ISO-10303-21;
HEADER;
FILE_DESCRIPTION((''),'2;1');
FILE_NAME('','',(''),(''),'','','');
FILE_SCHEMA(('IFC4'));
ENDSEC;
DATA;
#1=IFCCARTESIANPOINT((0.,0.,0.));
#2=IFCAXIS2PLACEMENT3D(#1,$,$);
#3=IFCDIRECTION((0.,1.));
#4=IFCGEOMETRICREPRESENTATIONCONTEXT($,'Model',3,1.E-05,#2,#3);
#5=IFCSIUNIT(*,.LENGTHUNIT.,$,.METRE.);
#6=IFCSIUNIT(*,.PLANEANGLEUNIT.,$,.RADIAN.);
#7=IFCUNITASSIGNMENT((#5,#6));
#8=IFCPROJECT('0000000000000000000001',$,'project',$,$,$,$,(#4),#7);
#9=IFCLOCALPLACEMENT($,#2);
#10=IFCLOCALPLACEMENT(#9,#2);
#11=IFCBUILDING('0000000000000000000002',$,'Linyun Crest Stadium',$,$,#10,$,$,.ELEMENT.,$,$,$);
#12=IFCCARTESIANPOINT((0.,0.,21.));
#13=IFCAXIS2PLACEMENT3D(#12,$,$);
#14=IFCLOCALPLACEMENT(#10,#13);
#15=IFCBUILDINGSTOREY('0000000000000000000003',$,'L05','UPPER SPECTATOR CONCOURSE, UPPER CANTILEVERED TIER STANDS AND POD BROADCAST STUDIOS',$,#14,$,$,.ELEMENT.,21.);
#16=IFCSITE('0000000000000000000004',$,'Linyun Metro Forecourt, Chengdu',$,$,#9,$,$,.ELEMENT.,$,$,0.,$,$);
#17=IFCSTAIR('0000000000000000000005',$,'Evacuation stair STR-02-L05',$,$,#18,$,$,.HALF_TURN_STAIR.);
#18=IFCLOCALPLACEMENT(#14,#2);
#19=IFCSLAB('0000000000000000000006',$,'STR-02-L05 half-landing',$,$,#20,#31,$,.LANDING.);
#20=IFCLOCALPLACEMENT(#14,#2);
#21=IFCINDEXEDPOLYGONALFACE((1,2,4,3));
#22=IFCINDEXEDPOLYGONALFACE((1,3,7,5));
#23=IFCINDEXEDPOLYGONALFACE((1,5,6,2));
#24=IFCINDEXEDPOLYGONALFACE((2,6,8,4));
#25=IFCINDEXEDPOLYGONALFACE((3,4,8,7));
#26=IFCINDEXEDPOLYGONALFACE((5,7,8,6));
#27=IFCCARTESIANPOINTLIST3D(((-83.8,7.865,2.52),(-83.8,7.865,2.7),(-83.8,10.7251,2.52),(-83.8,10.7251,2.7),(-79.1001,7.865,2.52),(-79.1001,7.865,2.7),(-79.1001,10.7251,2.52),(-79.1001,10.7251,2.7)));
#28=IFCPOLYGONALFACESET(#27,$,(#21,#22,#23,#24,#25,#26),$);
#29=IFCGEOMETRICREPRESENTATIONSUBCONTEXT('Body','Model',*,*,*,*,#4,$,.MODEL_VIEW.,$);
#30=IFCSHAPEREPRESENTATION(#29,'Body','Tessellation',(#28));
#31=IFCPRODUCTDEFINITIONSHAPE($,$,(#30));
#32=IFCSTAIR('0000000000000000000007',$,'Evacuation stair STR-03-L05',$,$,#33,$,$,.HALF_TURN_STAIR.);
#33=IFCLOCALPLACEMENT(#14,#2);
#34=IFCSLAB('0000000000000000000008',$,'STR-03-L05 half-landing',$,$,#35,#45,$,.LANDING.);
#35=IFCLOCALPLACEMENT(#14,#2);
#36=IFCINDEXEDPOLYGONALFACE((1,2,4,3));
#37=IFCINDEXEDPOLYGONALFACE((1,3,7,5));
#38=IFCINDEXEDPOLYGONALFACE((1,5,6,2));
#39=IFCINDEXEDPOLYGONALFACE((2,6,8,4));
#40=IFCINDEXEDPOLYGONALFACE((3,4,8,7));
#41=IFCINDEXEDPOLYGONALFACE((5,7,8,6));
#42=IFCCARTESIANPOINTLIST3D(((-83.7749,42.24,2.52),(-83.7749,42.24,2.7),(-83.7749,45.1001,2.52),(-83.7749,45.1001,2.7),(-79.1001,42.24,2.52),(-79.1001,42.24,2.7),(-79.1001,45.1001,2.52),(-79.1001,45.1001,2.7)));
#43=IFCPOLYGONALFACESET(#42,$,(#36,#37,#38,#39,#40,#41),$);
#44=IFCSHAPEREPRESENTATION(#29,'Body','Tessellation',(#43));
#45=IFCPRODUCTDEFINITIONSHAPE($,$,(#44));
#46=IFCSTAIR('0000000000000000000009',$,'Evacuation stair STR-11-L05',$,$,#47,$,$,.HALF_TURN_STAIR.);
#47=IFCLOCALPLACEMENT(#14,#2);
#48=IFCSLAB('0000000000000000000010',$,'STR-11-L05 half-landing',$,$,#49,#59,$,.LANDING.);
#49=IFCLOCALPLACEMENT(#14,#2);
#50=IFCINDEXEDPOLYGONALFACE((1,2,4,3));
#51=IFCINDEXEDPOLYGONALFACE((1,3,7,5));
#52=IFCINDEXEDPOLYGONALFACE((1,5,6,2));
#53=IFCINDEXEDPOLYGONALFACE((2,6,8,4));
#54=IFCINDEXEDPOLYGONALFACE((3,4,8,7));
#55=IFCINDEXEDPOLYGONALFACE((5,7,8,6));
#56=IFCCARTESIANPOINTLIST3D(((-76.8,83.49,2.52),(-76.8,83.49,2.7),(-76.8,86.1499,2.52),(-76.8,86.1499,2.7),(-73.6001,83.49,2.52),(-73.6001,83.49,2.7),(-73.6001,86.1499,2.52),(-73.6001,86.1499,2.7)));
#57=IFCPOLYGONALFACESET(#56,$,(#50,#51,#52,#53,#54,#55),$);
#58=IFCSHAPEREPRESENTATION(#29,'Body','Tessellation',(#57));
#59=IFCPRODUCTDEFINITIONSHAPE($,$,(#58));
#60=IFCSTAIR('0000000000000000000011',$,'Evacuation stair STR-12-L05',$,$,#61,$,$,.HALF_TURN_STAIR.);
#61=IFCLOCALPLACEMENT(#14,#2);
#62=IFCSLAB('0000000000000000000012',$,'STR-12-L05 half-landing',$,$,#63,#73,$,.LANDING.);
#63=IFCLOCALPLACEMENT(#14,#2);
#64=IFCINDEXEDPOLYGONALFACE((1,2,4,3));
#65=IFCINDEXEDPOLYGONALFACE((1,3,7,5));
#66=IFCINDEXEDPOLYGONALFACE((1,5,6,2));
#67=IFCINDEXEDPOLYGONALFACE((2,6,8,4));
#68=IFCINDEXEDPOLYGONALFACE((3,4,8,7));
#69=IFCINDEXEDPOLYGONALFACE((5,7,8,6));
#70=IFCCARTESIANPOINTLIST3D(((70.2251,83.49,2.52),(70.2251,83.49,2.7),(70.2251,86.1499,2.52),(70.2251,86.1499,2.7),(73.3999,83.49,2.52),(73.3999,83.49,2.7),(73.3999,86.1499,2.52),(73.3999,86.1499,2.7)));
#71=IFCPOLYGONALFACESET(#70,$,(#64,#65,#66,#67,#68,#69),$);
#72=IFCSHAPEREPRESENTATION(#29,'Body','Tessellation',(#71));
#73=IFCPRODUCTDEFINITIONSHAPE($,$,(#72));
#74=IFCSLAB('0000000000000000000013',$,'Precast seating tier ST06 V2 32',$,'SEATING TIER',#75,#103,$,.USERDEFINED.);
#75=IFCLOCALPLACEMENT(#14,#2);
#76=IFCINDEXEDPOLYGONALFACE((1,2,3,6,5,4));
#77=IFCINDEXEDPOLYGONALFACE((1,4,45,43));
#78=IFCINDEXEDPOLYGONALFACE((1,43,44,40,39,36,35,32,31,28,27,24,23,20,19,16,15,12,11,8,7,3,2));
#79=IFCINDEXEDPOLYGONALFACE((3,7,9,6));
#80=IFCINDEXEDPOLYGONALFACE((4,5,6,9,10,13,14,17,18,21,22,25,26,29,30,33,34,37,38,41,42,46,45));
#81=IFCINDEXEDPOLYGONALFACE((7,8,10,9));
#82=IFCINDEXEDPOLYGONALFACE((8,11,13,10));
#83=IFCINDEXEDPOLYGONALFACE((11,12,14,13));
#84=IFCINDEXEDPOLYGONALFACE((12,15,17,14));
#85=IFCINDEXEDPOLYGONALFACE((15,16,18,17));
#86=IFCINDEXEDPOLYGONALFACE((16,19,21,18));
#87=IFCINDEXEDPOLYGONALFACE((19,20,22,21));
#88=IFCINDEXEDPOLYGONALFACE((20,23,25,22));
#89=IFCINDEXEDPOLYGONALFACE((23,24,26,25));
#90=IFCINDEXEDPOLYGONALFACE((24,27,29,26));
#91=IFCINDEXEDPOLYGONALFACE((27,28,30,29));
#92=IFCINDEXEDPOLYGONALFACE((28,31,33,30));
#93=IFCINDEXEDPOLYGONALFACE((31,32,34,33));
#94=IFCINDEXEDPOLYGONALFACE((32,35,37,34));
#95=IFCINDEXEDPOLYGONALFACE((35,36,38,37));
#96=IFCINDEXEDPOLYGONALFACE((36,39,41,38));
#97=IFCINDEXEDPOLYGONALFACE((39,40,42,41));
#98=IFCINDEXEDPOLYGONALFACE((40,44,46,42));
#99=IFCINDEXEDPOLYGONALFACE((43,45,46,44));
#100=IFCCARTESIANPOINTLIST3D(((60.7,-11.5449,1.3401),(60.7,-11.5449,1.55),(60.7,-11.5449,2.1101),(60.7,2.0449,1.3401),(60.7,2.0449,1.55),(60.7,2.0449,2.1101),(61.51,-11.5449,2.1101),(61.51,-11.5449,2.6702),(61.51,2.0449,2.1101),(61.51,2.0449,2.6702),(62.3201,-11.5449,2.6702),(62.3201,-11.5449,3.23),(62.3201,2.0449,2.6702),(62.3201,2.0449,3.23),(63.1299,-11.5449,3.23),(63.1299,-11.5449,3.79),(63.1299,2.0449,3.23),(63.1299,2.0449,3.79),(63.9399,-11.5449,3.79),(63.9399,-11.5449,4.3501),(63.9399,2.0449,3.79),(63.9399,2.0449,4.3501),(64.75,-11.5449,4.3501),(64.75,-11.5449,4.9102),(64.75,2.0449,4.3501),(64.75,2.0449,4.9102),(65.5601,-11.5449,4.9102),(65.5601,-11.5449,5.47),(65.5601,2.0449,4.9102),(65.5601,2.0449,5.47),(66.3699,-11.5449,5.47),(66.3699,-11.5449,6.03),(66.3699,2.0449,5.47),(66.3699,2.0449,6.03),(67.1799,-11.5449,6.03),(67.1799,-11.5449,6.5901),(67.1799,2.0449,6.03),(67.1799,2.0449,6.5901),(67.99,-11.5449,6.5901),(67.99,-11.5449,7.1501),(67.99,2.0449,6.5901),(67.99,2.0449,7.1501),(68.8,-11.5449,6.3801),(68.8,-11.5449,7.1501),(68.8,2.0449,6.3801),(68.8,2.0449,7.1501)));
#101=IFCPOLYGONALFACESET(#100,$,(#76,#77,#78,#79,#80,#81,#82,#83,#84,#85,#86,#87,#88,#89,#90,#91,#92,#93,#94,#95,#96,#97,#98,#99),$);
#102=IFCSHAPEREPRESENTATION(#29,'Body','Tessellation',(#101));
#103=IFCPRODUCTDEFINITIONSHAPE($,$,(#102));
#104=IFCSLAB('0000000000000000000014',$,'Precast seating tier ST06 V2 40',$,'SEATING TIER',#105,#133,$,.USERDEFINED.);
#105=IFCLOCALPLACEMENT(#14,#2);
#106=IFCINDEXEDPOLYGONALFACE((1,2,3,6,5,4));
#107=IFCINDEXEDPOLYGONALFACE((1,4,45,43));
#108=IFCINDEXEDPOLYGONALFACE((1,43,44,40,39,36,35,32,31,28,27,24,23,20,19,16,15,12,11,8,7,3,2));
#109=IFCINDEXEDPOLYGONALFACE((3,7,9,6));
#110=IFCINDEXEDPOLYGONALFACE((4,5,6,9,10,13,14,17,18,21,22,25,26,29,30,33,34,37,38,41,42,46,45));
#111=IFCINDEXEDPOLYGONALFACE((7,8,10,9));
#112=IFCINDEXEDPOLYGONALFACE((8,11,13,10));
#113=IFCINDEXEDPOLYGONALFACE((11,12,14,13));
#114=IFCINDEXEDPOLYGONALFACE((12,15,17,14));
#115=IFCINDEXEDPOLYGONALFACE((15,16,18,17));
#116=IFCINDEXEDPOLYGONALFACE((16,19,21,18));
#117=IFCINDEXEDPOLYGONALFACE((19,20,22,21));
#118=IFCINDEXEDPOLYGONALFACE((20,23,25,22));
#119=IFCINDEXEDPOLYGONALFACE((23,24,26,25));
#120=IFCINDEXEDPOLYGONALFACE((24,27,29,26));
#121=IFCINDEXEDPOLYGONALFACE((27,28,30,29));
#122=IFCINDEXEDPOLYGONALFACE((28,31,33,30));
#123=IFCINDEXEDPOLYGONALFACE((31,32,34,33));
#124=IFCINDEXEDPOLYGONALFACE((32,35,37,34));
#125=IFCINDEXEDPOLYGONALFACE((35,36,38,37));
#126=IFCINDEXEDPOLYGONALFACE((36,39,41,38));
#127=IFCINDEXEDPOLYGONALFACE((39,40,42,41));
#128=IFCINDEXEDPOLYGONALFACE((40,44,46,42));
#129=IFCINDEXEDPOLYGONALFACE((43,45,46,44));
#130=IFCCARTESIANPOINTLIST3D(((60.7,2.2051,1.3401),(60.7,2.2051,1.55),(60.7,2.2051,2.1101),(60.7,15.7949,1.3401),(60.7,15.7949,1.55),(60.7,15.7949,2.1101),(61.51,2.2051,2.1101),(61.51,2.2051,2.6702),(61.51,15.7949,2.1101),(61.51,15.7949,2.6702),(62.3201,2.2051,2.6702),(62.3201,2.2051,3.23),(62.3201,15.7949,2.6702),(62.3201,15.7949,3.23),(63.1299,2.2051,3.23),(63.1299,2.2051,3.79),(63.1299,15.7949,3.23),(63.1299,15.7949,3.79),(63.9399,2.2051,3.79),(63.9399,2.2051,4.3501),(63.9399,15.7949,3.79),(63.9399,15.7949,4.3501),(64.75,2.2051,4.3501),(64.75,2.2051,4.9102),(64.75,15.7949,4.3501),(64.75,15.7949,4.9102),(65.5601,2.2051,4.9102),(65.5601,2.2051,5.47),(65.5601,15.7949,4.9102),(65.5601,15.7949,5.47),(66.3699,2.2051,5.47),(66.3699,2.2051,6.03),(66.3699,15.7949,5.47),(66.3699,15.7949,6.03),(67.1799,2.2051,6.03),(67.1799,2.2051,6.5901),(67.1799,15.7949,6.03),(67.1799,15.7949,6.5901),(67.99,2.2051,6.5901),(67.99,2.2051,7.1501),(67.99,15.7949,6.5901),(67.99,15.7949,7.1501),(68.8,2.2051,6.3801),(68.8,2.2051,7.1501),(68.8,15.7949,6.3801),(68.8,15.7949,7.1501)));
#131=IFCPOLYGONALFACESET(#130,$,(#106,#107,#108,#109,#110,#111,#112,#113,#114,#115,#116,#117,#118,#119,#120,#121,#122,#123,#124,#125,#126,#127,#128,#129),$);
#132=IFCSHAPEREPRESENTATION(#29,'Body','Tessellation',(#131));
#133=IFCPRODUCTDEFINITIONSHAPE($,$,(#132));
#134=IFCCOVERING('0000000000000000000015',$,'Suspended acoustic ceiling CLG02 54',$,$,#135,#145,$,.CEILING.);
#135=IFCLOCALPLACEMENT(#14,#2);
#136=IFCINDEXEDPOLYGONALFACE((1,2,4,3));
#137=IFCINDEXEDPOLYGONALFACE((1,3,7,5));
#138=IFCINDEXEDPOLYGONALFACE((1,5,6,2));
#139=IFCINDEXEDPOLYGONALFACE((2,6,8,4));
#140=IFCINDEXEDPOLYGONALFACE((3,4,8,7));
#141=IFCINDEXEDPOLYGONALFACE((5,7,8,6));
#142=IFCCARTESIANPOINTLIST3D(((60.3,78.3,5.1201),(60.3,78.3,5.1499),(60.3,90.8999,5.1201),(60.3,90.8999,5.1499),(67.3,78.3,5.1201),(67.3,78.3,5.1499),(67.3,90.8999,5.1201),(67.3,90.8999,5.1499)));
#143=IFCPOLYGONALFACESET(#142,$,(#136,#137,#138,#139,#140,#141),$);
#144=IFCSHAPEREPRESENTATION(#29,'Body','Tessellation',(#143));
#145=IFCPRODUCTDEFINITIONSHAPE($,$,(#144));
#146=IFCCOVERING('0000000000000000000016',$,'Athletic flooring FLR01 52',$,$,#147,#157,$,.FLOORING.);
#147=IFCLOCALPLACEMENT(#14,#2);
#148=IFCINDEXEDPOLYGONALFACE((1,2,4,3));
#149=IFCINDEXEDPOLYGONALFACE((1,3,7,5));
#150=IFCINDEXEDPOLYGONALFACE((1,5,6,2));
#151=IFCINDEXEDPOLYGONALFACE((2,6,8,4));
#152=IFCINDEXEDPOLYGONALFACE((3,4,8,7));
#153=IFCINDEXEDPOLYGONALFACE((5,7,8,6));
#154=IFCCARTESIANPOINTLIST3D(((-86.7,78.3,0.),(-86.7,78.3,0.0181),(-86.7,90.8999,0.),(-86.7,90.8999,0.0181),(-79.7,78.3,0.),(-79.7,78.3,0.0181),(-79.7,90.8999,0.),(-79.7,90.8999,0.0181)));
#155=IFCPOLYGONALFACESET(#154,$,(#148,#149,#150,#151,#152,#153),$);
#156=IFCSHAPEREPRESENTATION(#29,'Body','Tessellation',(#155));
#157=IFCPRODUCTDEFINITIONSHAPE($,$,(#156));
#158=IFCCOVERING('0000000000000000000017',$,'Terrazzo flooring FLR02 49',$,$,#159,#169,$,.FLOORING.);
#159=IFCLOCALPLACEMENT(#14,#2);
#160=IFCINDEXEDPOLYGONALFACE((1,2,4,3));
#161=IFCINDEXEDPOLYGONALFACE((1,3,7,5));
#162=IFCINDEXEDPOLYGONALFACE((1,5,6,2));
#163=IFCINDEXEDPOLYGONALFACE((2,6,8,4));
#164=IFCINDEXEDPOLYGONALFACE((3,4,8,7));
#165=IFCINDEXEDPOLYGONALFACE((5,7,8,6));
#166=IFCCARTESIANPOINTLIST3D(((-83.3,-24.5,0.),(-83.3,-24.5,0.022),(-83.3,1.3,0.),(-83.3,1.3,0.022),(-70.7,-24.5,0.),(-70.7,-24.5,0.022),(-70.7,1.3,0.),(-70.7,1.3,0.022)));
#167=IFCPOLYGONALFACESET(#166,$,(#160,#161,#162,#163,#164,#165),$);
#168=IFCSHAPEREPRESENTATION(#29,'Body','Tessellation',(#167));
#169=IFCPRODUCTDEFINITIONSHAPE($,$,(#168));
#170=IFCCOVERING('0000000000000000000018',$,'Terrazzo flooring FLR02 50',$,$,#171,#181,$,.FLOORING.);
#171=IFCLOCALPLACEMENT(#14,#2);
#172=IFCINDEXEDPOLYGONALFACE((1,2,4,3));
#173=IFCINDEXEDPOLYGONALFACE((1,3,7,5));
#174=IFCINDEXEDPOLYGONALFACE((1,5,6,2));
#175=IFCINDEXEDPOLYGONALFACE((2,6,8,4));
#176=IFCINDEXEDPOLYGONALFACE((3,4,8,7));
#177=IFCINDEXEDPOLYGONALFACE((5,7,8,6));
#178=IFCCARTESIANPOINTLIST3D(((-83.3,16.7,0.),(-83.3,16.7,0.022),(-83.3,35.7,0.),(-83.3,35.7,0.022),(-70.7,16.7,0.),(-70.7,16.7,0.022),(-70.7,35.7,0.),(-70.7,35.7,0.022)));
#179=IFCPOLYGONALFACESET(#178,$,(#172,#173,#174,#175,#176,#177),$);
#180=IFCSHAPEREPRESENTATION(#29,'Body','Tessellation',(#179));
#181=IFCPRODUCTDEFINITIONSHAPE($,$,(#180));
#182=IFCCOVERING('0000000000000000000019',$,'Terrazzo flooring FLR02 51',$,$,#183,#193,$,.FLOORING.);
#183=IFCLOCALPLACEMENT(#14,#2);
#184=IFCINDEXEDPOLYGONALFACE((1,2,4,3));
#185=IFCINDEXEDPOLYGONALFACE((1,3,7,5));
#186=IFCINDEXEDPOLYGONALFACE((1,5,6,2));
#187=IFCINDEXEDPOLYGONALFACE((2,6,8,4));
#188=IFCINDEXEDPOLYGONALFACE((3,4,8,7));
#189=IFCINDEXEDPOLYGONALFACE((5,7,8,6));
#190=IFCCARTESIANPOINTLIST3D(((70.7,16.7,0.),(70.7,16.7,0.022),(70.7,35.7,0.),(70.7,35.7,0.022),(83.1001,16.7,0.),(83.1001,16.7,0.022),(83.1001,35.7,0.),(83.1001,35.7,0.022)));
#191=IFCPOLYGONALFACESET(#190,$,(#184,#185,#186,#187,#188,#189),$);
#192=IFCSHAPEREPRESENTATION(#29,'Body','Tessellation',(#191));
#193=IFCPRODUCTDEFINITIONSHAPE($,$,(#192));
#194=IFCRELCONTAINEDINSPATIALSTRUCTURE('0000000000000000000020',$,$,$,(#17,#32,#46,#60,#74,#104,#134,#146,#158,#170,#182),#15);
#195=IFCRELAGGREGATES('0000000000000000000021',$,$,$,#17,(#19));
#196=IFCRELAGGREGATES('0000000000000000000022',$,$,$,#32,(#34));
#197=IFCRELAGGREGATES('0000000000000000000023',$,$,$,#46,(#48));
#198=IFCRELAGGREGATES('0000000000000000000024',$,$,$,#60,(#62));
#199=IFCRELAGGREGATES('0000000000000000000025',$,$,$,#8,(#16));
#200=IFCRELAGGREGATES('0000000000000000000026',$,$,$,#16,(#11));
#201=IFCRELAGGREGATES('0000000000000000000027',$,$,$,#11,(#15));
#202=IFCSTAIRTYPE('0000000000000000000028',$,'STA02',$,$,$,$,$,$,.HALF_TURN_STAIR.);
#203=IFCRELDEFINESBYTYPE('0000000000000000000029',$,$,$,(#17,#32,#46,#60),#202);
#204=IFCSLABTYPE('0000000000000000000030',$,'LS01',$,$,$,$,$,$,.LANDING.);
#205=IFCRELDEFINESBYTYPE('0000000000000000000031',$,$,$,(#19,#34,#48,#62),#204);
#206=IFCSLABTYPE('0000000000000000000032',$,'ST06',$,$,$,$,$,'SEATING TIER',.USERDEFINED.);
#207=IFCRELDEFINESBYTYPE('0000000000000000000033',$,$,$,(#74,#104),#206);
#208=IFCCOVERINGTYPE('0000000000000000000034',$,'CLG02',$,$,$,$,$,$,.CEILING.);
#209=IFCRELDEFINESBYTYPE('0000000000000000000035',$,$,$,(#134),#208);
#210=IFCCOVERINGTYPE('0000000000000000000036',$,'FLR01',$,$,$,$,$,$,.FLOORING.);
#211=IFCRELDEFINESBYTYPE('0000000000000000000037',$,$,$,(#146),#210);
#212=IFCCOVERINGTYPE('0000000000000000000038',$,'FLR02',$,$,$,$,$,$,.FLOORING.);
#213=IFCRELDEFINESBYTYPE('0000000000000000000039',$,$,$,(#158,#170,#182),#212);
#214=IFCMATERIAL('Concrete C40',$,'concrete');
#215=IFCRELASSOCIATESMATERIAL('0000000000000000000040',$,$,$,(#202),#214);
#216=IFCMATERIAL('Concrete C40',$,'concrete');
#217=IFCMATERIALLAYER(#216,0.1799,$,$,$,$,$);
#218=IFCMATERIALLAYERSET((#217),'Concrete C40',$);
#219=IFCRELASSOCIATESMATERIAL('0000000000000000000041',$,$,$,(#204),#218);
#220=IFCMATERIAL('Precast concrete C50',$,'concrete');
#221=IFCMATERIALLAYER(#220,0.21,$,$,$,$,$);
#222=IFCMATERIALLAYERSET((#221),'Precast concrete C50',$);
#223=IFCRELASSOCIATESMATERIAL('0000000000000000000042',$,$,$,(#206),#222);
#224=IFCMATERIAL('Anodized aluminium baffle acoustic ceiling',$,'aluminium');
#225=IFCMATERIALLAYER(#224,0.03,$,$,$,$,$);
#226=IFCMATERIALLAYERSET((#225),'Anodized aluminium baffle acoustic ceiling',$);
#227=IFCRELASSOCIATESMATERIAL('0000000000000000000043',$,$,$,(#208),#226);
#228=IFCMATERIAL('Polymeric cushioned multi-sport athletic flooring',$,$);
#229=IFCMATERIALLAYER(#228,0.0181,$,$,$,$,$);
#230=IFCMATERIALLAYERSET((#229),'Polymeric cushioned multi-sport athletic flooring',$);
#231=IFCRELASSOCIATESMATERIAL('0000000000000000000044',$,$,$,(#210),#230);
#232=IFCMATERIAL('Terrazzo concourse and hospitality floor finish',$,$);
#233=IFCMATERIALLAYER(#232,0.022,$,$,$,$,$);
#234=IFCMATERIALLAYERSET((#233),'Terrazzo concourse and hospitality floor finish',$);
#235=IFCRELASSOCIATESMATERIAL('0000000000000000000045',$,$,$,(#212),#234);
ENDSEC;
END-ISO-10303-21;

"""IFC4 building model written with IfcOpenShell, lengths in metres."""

from ifc_helpers import new_model, si_unit, direction, frame, origin, place, context, subcontext, project, spatial, polyline, outline, extrude, material, layer, layer_set, type_object, element, aggregate, save


model = new_model("IFC4")

# Units and contexts
model_context = context("Model", 3, precision=1e-05, world=origin(), true_north=direction((0.0, 1.0)))
body_context = subcontext(model_context, "Body", "Model", "MODEL_VIEW")
ifc_project = project(units=[si_unit("LENGTHUNIT", "METRE"), si_unit("PLANEANGLEUNIT", "RADIAN")], contexts=[model_context])

# Site, building, storey
site_placement = place(None, origin())
site = spatial("IfcSite", under=ifc_project, at=site_placement, Name="Linyun Metro Forecourt, Chengdu", CompositionType="ELEMENT", RefElevation=0.0)
building_placement = place(site_placement, origin())
building = spatial("IfcBuilding", under=site, at=building_placement, Name="Linyun Crest Stadium", CompositionType="ELEMENT")
storey_placement = place(building_placement, frame((0.0, 0.0, 21.0)))
storey = spatial("IfcBuildingStorey", under=building, at=storey_placement, Name="L05", Description="UPPER SPECTATOR CONCOURSE, UPPER CANTILEVERED TIER STANDS AND POD BROADCAST STUDIOS", CompositionType="ELEMENT", Elevation=21.0)

# Stairs, slabs
ifc_material_1 = material(Name="Concrete C40", Category="concrete")
stair_type = type_object("IfcStairType", Name="STA02", PredefinedType="HALF_TURN_STAIR", material=ifc_material_1)
ifc_material_2 = material(Name="Concrete C40", Category="concrete")
ifc_layer_1 = layer(ifc_material_2, 0.1799)
ifc_layer_set_1 = layer_set([ifc_layer_1], Name="Concrete C40")
slab_type_1 = type_object("IfcSlabType", Name="LS01", PredefinedType="LANDING", material=ifc_layer_set_1)
stair_1_placement = place(storey_placement, origin())
stair_1 = element("IfcStair", 1, at=stair_1_placement, inside=storey, type_object=stair_type, Name="Evacuation stair STR-02-L05", PredefinedType="HALF_TURN_STAIR")
slab_1_placement = place(storey_placement, frame((0.0, 0.0, 2.52)))
slab_1 = element("IfcSlab", 2, at=slab_1_placement, type_object=slab_type_1, Name="STR-02-L05 half-landing", PredefinedType="LANDING", context=body_context, shape_type="SweptSolid", body=[
    extrude(outline(polyline([(-83.8, 7.865), (-79.1001, 7.865), (-79.1001, 10.7251), (-83.8, 10.7251), (-83.8, 7.865)])), origin(), (0.0, 0.0, 1.0), 0.1799),
])
aggregate(stair_1, [slab_1])
stair_2_placement = place(storey_placement, origin())
stair_2 = element("IfcStair", 3, at=stair_2_placement, inside=storey, type_object=stair_type, Name="Evacuation stair STR-03-L05", PredefinedType="HALF_TURN_STAIR")
slab_2_placement = place(storey_placement, frame((0.0, 0.0, 2.52)))
slab_2 = element("IfcSlab", 4, at=slab_2_placement, type_object=slab_type_1, Name="STR-03-L05 half-landing", PredefinedType="LANDING", context=body_context, shape_type="SweptSolid", body=[
    extrude(outline(polyline([(-83.7749, 42.24), (-79.1001, 42.24), (-79.1001, 45.1001), (-83.7749, 45.1001), (-83.7749, 42.24)])), origin(), (0.0, 0.0, 1.0), 0.1799),
])
aggregate(stair_2, [slab_2])
stair_3_placement = place(storey_placement, origin())
stair_3 = element("IfcStair", 5, at=stair_3_placement, inside=storey, type_object=stair_type, Name="Evacuation stair STR-11-L05", PredefinedType="HALF_TURN_STAIR")
slab_3_placement = place(storey_placement, frame((0.0, 0.0, 2.52)))
slab_3 = element("IfcSlab", 6, at=slab_3_placement, type_object=slab_type_1, Name="STR-11-L05 half-landing", PredefinedType="LANDING", context=body_context, shape_type="SweptSolid", body=[
    extrude(outline(polyline([(-76.8, 83.49), (-73.6001, 83.49), (-73.6001, 86.1499), (-76.8, 86.1499), (-76.8, 83.49)])), origin(), (0.0, 0.0, 1.0), 0.1799),
])
aggregate(stair_3, [slab_3])
stair_4_placement = place(storey_placement, origin())
stair_4 = element("IfcStair", 7, at=stair_4_placement, inside=storey, type_object=stair_type, Name="Evacuation stair STR-12-L05", PredefinedType="HALF_TURN_STAIR")
slab_4_placement = place(storey_placement, frame((0.0, 0.0, 2.52)))
slab_4 = element("IfcSlab", 8, at=slab_4_placement, type_object=slab_type_1, Name="STR-12-L05 half-landing", PredefinedType="LANDING", context=body_context, shape_type="SweptSolid", body=[
    extrude(outline(polyline([(70.2251, 83.49), (73.3999, 83.49), (73.3999, 86.1499), (70.2251, 86.1499), (70.2251, 83.49)])), origin(), (0.0, 0.0, 1.0), 0.1799),
])
aggregate(stair_4, [slab_4])

# Slabs
ifc_material_3 = material(Name="Precast concrete C50", Category="concrete")
ifc_layer_2 = layer(ifc_material_3, 0.21)
ifc_layer_set_2 = layer_set([ifc_layer_2], Name="Precast concrete C50")
slab_type_2 = type_object("IfcSlabType", Name="ST06", ElementType="SEATING TIER", PredefinedType="USERDEFINED", material=ifc_layer_set_2)
for number, where, z_axis, x_axis, name in (
    (9, (60.7, -11.5449, 1.55), (0.0, 0.0, 1.0), (1.0, 0.0, 0.0), "Precast seating tier ST06 V2 32"),
    (10, (60.7, 2.2051, 1.55), (0.0, 0.0, 1.0), (1.0, 0.0, 0.0), "Precast seating tier ST06 V2 40"),
):
    element("IfcSlab", number, at=place(storey_placement, frame(where, z_axis=z_axis, x_axis=x_axis)), inside=storey, type_object=slab_type_2, Name=name, ObjectType="SEATING TIER", PredefinedType="USERDEFINED", context=body_context, shape_type="SweptSolid", body=[
        extrude(outline(polyline([(0.0, 0.0), (0.0, -0.5601), (0.8101, -0.5601), (0.8101, -1.1201), (1.6201, -1.1201), (1.6201, -1.6799), (2.4299, -1.6799), (2.4299, -2.24), (3.24, -2.24), (3.24, -2.8), (4.05, -2.8), (4.05, -3.3601), (4.8601, -3.3601), (4.8601, -3.9199), (5.6699, -3.9199), (5.6699, -4.48), (6.48, -4.48), (6.48, -5.04), (7.29, -5.04), (7.29, -5.6001), (8.1001, -5.6001), (8.1001, -4.8301), (0.0, 0.21), (0.0, 0.0)])), frame((0.0, 0.0, 0.0), z_axis=(0.0, 1.0, 0.0), x_axis=(1.0, 0.0, 0.0)), (0.0, 0.0, 1.0), 13.5898),
    ])

# Coverings
ifc_material_4 = material(Name="Anodized aluminium baffle acoustic ceiling", Category="aluminium")
ifc_layer_3 = layer(ifc_material_4, 0.03)
ifc_layer_set_3 = layer_set([ifc_layer_3], Name="Anodized aluminium baffle acoustic ceiling")
covering_type_1 = type_object("IfcCoveringType", Name="CLG02", PredefinedType="CEILING", material=ifc_layer_set_3)
covering_1_placement = place(storey_placement, frame((0.0, 0.0, 5.1201)))
element("IfcCovering", 11, at=covering_1_placement, inside=storey, type_object=covering_type_1, Name="Suspended acoustic ceiling CLG02 54", PredefinedType="CEILING", context=body_context, shape_type="SweptSolid", body=[
    extrude(outline(polyline([(60.3, 78.3), (67.3, 78.3), (67.3, 90.8999), (60.3, 90.8999), (60.3, 78.3)])), origin(), (0.0, 0.0, 1.0), 0.0298),
])
ifc_material_5 = material(Name="Polymeric cushioned multi-sport athletic flooring")
ifc_layer_4 = layer(ifc_material_5, 0.0181)
ifc_layer_set_4 = layer_set([ifc_layer_4], Name="Polymeric cushioned multi-sport athletic flooring")
covering_type_2 = type_object("IfcCoveringType", Name="FLR01", PredefinedType="FLOORING", material=ifc_layer_set_4)
covering_2_placement = place(storey_placement, origin())
element("IfcCovering", 12, at=covering_2_placement, inside=storey, type_object=covering_type_2, Name="Athletic flooring FLR01 52", PredefinedType="FLOORING", context=body_context, shape_type="SweptSolid", body=[
    extrude(outline(polyline([(-86.7, 78.3), (-79.7, 78.3), (-79.7, 90.8999), (-86.7, 90.8999), (-86.7, 78.3)])), origin(), (0.0, 0.0, 1.0), 0.0181),
])
ifc_material_6 = material(Name="Terrazzo concourse and hospitality floor finish")
ifc_layer_5 = layer(ifc_material_6, 0.022)
ifc_layer_set_5 = layer_set([ifc_layer_5], Name="Terrazzo concourse and hospitality floor finish")
covering_type_3 = type_object("IfcCoveringType", Name="FLR02", PredefinedType="FLOORING", material=ifc_layer_set_5)
covering_3_placement = place(storey_placement, origin())
element("IfcCovering", 13, at=covering_3_placement, inside=storey, type_object=covering_type_3, Name="Terrazzo flooring FLR02 49", PredefinedType="FLOORING", context=body_context, shape_type="SweptSolid", body=[
    extrude(outline(polyline([(-83.3, -24.5), (-70.7, -24.5), (-70.7, 1.3), (-83.3, 1.3), (-83.3, -24.5)])), origin(), (0.0, 0.0, 1.0), 0.022),
])
covering_4_placement = place(storey_placement, origin())
element("IfcCovering", 14, at=covering_4_placement, inside=storey, type_object=covering_type_3, Name="Terrazzo flooring FLR02 50", PredefinedType="FLOORING", context=body_context, shape_type="SweptSolid", body=[
    extrude(outline(polyline([(-83.3, 16.7), (-70.7, 16.7), (-70.7, 35.7), (-83.3, 35.7), (-83.3, 16.7)])), origin(), (0.0, 0.0, 1.0), 0.022),
])
covering_5_placement = place(storey_placement, origin())
element("IfcCovering", 15, at=covering_5_placement, inside=storey, type_object=covering_type_3, Name="Terrazzo flooring FLR02 51", PredefinedType="FLOORING", context=body_context, shape_type="SweptSolid", body=[
    extrude(outline(polyline([(70.7, 16.7), (83.1001, 16.7), (83.1001, 35.7), (70.7, 35.7), (70.7, 16.7)])), origin(), (0.0, 0.0, 1.0), 0.022),
])

save(model, "model.ifc")
